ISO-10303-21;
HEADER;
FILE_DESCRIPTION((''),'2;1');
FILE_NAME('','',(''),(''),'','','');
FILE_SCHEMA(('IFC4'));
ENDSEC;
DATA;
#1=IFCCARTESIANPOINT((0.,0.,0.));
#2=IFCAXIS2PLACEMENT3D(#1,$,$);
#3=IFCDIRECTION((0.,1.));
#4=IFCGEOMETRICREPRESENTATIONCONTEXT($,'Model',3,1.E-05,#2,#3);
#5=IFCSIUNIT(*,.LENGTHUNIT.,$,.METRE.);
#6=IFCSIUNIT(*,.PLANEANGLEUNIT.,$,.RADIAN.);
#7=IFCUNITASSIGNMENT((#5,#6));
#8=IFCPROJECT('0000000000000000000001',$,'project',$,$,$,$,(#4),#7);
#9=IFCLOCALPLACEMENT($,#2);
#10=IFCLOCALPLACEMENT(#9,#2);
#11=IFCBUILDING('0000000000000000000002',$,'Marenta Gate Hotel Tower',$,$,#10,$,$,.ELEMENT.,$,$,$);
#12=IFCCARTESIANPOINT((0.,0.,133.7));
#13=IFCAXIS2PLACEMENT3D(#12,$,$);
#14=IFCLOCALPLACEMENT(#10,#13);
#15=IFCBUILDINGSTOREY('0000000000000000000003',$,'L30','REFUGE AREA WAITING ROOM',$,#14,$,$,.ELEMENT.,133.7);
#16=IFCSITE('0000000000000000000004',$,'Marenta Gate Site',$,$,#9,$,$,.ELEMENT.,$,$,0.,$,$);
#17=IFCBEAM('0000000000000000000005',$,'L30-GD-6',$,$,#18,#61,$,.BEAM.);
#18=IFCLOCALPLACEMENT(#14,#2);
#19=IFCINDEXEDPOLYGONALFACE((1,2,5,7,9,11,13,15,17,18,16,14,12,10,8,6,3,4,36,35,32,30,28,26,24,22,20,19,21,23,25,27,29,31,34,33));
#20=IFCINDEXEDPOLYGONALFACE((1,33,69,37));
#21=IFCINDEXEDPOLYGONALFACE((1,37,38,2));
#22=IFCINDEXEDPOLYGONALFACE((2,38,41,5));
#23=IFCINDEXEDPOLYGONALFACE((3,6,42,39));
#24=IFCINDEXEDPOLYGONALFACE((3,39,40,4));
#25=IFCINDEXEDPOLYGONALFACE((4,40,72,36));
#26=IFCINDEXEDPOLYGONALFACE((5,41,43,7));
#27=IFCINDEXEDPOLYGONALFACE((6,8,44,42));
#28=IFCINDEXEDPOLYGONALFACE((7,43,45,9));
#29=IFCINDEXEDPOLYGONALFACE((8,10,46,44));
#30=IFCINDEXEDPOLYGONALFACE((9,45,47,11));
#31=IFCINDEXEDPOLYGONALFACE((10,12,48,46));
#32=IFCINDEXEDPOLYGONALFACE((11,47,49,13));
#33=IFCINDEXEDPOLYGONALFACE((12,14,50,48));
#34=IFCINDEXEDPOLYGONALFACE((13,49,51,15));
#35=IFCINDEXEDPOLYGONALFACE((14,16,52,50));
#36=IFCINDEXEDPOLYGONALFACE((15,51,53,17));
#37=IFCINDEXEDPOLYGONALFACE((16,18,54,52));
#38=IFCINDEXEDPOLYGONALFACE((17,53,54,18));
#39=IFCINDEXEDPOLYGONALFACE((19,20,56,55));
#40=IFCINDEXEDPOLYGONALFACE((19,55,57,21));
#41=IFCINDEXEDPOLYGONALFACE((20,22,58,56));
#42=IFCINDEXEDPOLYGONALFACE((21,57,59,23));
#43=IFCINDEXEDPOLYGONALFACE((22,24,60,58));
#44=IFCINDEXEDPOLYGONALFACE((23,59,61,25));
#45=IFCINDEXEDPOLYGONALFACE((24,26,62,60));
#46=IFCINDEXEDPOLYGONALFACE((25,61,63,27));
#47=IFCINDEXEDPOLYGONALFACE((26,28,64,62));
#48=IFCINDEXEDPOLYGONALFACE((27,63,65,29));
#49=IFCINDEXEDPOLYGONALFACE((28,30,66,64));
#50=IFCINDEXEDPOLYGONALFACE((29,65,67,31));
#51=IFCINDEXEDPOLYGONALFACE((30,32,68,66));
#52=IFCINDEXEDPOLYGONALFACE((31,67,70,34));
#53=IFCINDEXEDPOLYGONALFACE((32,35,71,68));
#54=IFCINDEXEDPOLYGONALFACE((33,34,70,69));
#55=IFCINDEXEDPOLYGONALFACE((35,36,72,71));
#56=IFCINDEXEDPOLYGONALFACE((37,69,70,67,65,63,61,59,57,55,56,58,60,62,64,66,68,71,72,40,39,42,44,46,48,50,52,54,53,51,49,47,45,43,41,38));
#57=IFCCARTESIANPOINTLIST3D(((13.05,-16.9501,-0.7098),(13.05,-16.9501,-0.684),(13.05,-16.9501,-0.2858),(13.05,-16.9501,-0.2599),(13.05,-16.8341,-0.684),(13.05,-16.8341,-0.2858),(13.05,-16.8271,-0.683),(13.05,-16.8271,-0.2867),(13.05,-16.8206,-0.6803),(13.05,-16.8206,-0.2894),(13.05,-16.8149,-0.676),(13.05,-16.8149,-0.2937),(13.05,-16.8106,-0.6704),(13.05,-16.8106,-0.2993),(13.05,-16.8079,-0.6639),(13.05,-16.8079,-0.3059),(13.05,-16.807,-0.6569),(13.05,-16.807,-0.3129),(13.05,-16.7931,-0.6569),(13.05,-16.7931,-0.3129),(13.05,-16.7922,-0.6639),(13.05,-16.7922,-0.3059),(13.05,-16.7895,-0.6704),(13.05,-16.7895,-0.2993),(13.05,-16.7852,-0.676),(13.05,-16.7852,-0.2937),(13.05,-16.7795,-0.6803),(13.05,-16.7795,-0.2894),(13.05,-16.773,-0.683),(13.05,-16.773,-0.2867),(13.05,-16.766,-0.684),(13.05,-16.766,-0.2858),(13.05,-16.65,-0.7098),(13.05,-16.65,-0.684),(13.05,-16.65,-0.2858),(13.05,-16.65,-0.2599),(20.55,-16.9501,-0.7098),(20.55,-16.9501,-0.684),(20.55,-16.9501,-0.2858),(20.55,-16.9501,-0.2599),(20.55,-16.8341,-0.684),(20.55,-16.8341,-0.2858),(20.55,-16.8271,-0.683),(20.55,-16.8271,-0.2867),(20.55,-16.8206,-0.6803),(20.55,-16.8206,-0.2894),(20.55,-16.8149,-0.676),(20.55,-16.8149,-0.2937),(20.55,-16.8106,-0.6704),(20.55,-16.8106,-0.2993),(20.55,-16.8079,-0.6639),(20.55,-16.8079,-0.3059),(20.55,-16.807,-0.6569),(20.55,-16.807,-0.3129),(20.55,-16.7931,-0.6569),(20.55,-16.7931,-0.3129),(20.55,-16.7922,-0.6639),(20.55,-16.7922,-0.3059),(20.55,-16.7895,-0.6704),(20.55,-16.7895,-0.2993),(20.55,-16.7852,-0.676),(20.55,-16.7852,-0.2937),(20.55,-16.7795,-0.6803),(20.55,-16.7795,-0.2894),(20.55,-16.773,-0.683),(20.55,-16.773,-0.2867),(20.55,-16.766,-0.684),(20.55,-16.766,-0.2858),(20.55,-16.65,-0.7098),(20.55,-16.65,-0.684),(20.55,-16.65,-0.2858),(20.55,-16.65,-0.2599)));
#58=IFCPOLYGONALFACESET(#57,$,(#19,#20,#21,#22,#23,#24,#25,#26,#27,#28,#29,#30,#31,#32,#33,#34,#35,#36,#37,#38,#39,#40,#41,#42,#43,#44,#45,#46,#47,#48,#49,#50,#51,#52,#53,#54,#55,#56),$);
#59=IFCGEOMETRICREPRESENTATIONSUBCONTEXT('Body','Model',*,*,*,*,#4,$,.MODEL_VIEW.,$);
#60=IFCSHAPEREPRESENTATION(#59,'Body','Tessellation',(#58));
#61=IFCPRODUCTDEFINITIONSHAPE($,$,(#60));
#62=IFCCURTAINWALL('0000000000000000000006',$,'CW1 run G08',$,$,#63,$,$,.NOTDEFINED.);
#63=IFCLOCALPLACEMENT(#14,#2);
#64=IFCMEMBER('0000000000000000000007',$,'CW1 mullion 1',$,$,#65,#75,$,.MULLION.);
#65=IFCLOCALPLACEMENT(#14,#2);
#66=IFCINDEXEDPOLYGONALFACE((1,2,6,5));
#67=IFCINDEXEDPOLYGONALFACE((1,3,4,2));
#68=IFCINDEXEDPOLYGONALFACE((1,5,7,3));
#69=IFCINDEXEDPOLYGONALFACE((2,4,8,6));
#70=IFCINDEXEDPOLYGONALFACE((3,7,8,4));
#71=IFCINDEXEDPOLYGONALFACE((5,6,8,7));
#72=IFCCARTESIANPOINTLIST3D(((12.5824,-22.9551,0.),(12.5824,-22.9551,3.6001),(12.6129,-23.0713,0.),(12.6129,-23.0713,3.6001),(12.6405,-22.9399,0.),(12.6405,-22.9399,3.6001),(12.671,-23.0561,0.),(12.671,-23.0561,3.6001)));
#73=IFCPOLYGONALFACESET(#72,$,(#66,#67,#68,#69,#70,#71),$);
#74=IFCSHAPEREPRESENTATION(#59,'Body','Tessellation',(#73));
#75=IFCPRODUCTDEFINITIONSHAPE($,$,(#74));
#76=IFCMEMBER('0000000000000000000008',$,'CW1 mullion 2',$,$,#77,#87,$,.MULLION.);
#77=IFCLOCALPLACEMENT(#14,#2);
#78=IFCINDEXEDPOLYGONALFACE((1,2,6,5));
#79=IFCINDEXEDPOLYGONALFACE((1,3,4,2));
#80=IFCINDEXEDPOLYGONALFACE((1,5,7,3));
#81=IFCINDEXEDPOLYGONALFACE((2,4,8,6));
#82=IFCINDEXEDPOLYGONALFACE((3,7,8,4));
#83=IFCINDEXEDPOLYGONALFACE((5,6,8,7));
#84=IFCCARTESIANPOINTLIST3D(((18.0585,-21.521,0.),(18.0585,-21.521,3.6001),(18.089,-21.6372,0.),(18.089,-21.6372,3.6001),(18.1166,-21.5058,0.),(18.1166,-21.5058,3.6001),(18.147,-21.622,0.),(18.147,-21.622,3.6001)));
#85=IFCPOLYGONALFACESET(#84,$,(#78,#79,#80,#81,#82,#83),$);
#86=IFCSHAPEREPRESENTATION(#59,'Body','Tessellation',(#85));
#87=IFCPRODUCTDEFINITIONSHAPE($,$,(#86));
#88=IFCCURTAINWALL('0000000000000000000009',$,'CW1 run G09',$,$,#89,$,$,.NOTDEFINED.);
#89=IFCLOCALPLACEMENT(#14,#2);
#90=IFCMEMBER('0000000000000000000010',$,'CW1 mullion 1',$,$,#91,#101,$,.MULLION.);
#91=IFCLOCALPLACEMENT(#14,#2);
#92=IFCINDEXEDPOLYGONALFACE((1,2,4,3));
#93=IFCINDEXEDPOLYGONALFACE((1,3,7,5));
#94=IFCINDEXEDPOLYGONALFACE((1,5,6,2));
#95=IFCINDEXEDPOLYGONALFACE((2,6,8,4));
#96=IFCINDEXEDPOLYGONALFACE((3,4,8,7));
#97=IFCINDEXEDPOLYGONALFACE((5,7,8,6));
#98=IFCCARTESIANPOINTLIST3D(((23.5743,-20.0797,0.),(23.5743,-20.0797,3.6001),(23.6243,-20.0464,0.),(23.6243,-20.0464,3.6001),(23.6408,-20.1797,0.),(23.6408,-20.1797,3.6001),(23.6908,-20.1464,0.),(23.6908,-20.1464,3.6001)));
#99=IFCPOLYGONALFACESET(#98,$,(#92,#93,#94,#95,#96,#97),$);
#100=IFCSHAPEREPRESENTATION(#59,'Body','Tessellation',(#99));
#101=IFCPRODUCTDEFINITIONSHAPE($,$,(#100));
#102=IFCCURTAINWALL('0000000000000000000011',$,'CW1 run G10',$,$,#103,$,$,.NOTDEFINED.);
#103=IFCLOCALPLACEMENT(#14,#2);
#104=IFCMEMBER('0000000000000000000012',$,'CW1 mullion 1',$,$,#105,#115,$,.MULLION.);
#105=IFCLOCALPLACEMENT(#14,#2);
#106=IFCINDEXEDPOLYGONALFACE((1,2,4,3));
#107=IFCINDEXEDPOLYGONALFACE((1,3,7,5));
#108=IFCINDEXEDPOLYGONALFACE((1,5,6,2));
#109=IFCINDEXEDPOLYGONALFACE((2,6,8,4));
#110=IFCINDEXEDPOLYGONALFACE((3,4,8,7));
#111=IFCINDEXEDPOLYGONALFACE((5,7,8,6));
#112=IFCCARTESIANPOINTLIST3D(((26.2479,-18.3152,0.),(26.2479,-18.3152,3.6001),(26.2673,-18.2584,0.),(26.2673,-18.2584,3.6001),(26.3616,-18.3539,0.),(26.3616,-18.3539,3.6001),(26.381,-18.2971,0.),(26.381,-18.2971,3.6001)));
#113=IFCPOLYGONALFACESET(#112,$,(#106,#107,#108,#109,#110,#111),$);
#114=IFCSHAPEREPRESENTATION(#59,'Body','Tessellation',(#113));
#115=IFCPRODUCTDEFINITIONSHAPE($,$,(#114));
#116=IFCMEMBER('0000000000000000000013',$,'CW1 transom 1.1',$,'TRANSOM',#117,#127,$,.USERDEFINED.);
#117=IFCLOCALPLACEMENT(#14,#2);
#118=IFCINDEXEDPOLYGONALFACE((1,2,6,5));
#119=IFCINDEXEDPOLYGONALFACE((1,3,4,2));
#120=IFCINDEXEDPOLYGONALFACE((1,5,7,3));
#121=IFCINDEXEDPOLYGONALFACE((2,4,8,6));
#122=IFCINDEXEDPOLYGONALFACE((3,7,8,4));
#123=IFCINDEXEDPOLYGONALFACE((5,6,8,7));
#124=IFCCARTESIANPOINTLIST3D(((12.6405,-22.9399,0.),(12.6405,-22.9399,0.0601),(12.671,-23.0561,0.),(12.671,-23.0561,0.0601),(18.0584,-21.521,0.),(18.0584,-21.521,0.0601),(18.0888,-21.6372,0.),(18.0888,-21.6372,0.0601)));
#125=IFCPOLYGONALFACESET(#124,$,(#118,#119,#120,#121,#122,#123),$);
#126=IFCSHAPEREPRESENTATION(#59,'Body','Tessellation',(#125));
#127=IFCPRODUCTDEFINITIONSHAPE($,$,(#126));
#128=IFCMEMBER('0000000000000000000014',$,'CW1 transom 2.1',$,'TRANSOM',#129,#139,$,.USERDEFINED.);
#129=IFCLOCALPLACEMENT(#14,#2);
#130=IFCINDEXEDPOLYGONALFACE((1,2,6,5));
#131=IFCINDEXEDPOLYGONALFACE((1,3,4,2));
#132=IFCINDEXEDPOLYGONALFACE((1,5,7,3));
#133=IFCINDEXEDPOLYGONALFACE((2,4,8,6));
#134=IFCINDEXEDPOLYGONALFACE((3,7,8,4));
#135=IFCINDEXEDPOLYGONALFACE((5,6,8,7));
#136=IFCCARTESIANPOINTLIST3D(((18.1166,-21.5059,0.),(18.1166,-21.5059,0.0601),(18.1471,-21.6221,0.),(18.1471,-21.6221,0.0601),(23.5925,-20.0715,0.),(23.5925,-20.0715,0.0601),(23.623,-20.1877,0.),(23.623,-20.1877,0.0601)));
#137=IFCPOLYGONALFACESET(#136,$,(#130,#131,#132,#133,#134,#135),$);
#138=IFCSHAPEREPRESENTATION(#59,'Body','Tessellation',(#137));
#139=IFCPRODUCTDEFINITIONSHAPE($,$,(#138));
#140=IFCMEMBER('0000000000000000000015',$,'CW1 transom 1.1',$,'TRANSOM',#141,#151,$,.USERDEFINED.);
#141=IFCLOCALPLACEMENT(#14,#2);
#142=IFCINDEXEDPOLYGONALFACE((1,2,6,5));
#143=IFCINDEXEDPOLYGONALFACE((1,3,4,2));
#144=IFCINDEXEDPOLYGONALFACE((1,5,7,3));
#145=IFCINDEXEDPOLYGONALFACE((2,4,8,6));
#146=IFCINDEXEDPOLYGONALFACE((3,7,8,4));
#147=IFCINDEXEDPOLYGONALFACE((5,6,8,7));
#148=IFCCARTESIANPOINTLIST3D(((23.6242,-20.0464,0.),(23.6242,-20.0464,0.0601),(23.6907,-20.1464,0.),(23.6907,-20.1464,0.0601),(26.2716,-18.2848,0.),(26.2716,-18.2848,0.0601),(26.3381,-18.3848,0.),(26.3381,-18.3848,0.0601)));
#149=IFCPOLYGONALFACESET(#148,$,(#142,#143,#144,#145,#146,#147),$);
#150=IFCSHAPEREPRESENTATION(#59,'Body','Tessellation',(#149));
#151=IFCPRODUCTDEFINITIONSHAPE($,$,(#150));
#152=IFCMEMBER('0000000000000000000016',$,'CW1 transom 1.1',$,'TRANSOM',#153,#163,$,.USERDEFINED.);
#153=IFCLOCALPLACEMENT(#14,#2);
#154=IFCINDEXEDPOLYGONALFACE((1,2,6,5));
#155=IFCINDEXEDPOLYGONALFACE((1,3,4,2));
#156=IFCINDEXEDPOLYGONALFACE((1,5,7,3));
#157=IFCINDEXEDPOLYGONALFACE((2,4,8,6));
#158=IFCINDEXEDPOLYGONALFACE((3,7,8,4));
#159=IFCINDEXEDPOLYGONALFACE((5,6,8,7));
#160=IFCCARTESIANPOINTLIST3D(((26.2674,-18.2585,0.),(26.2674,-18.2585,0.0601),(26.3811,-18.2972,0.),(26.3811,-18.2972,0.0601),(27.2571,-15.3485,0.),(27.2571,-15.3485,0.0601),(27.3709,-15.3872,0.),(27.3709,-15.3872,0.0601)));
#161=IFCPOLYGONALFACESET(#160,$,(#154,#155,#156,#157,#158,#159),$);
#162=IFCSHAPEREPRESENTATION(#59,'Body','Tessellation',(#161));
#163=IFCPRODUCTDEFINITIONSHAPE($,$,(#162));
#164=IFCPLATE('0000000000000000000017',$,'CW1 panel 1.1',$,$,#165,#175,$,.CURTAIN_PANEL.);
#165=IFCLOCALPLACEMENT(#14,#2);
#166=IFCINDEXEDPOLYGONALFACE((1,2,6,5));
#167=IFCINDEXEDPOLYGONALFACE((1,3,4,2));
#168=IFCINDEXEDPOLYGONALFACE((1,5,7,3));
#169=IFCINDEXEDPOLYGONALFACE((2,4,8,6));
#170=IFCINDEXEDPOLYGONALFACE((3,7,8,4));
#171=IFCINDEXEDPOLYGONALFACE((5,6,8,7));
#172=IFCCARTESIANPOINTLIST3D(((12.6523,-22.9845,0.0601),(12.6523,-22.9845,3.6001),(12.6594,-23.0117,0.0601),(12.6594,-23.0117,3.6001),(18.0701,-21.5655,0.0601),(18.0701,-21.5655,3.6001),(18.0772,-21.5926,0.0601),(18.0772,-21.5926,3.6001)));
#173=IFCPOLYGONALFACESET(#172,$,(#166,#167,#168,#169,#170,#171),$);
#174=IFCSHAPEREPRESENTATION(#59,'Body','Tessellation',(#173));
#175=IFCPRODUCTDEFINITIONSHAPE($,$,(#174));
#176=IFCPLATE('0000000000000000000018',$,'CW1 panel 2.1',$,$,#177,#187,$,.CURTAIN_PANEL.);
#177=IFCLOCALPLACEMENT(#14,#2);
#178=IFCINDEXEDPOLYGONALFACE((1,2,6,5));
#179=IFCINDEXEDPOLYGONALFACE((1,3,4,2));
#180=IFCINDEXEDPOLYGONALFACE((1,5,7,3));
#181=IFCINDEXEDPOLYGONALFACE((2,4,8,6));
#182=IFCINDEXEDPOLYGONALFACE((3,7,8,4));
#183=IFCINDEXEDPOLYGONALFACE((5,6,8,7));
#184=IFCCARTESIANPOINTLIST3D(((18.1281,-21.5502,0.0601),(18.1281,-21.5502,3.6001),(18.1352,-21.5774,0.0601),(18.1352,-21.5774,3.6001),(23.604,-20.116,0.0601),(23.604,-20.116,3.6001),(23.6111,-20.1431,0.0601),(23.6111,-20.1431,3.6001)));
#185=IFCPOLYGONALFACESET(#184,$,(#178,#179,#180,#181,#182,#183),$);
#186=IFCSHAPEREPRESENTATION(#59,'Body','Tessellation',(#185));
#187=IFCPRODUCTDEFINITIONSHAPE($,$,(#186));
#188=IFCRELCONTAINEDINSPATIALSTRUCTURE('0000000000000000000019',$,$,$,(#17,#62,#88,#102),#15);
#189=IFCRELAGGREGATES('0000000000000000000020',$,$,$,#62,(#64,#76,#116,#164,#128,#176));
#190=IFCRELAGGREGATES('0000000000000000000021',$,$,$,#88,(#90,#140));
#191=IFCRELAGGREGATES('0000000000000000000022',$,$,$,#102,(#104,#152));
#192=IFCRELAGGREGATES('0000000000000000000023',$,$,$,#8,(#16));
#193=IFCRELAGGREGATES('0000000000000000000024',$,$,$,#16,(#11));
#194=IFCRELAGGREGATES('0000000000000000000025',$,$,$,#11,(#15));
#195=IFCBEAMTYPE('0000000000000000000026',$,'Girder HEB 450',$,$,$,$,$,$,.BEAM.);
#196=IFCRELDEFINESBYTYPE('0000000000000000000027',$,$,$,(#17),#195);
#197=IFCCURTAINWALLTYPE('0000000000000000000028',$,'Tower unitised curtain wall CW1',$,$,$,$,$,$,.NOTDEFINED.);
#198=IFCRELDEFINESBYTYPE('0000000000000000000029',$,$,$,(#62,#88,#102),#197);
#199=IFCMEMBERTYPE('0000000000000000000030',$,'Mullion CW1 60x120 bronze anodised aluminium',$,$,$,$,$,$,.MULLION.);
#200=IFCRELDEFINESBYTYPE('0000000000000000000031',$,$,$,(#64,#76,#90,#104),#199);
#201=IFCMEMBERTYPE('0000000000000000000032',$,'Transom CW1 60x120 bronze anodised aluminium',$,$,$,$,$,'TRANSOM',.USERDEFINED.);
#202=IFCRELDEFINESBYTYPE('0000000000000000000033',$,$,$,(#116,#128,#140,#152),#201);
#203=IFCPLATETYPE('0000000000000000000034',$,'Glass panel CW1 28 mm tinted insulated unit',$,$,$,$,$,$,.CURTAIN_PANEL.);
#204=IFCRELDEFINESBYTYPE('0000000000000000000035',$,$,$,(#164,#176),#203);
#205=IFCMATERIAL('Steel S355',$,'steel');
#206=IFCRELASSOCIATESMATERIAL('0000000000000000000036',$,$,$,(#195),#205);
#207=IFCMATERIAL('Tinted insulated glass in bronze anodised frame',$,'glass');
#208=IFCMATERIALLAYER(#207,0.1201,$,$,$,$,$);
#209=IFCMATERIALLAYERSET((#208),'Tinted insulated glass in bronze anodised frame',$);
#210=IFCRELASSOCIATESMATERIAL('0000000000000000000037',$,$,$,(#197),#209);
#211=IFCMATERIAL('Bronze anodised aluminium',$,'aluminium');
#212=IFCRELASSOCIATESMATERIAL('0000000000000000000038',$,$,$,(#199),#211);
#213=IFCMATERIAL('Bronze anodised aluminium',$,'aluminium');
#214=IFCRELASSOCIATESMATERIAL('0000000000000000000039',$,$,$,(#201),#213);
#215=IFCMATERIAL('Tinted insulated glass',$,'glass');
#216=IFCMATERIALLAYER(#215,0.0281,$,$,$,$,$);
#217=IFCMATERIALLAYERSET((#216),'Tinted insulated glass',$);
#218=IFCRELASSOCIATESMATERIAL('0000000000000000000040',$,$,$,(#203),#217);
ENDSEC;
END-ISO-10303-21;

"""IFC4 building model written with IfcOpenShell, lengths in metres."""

from ifc_helpers import new_model, si_unit, direction, frame, origin, origin_2d, place, context, subcontext, project, spatial, rectangle, i_section, extrude, material, layer, layer_set, material_profile, profile_set, type_object, element, aggregate, save


model = new_model("IFC4")

# Units and contexts
model_context = context("Model", 3, precision=1e-05, world=origin(), true_north=direction((0.0, 1.0)))
body_context = subcontext(model_context, "Body", "Model", "MODEL_VIEW")
ifc_project = project(units=[si_unit("LENGTHUNIT", "METRE"), si_unit("PLANEANGLEUNIT", "RADIAN")], contexts=[model_context])

# Site, building, storey
site_placement = place(None, origin())
site = spatial("IfcSite", under=ifc_project, at=site_placement, Name="Marenta Gate Site", CompositionType="ELEMENT", RefElevation=0.0)
building_placement = place(site_placement, origin())
building = spatial("IfcBuilding", under=site, at=building_placement, Name="Marenta Gate Hotel Tower", CompositionType="ELEMENT")
storey_placement = place(building_placement, frame((0.0, 0.0, 133.7)))
storey = spatial("IfcBuildingStorey", under=building, at=storey_placement, Name="L30", Description="REFUGE AREA WAITING ROOM", CompositionType="ELEMENT", Elevation=133.7)

# Beam
ifc_material_1 = material(Name="Steel S355", Category="steel")
ifc_material_profile_1 = material_profile(ifc_material_1, i_section(OverallWidth=0.3, OverallDepth=0.45, WebThickness=0.0139, FlangeThickness=0.0259, FilletRadius=0.0271, at=origin_2d()), Name="HEB 450")
ifc_profile_set_1 = profile_set([ifc_material_profile_1], Name="Steel S355")
beam_type_1 = type_object("IfcBeamType", Name="Girder HEB 450", PredefinedType="BEAM", material=ifc_profile_set_1)
beam_1_placement = place(storey_placement, frame((13.05, -16.8, -0.4849), z_axis=(1.0, 0.0, 0.0), x_axis=(0.0, 1.0, 0.0)))
element("IfcBeam", 1, at=beam_1_placement, inside=storey, type_object=beam_type_1, Name="L30-GD-6", PredefinedType="BEAM", context=body_context, shape_type="SweptSolid", body=[
    extrude(i_section(OverallWidth=0.3, OverallDepth=0.45, WebThickness=0.0139, FlangeThickness=0.0259, FilletRadius=0.0271, at=origin_2d()), origin(), (0.0, 0.0, 1.0), 7.5),
])

# Curtain wall, members
ifc_material_2 = material(Name="Tinted insulated glass in bronze anodised frame", Category="glass")
ifc_layer_1 = layer(ifc_material_2, 0.1201)
ifc_layer_set_1 = layer_set([ifc_layer_1], Name="Tinted insulated glass in bronze anodised frame")
curtain_wall_type = type_object("IfcCurtainWallType", Name="Tower unitised curtain wall CW1", PredefinedType="NOTDEFINED", material=ifc_layer_set_1)
curtain_wall_1_placement = place(storey_placement, origin())
curtain_wall_1 = element("IfcCurtainWall", 2, at=curtain_wall_1_placement, inside=storey, type_object=curtain_wall_type, Name="CW1 run G08", PredefinedType="NOTDEFINED")
ifc_material_3 = material(Name="Bronze anodised aluminium", Category="aluminium")
ifc_material_profile_2 = material_profile(ifc_material_3, rectangle(XDim=0.1201, YDim=0.0601, at=origin_2d()), Name="Mullion CW1 60x120 bronze anodised aluminium")
ifc_profile_set_2 = profile_set([ifc_material_profile_2], Name="Bronze anodised aluminium")
member_type_1 = type_object("IfcMemberType", Name="Mullion CW1 60x120 bronze anodised aluminium", PredefinedType="MULLION", material=ifc_profile_set_2)
member_1_placement = place(storey_placement, frame((12.6267, -23.0056, 0.0), z_axis=(0.0, 0.0, 1.0), x_axis=(-0.253374, 0.967368, 0.0)))
member_1 = element("IfcMember", 3, at=member_1_placement, type_object=member_type_1, Name="CW1 mullion 1", PredefinedType="MULLION", context=body_context, shape_type="SweptSolid", body=[
    extrude(rectangle(XDim=0.1201, YDim=0.0601, at=origin_2d()), origin(), (0.0, 0.0, 1.0), 3.6001),
])
member_2_placement = place(storey_placement, frame((18.1028, -21.5715, 0.0), z_axis=(0.0, 0.0, 1.0), x_axis=(-0.253374, 0.967368, 0.0)))
member_2 = element("IfcMember", 4, at=member_2_placement, type_object=member_type_1, Name="CW1 mullion 2", PredefinedType="MULLION", context=body_context, shape_type="SweptSolid", body=[
    extrude(rectangle(XDim=0.1201, YDim=0.0601, at=origin_2d()), origin(), (0.0, 0.0, 1.0), 3.6001),
])

# Curtain walls, members
curtain_wall_2_placement = place(storey_placement, origin())
curtain_wall_2 = element("IfcCurtainWall", 5, at=curtain_wall_2_placement, inside=storey, type_object=curtain_wall_type, Name="CW1 run G09", PredefinedType="NOTDEFINED")
member_3_placement = place(storey_placement, frame((23.6326, -20.113, 0.0), z_axis=(0.0, 0.0, 1.0), x_axis=(-0.554016, 0.832506, 0.0)))
member_3 = element("IfcMember", 6, at=member_3_placement, type_object=member_type_1, Name="CW1 mullion 1", PredefinedType="MULLION", context=body_context, shape_type="SweptSolid", body=[
    extrude(rectangle(XDim=0.1201, YDim=0.0601, at=origin_2d()), origin(), (0.0, 0.0, 1.0), 3.6001),
])
curtain_wall_3_placement = place(storey_placement, origin())
curtain_wall_3 = element("IfcCurtainWall", 7, at=curtain_wall_3_placement, inside=storey, type_object=curtain_wall_type, Name="CW1 run G10", PredefinedType="NOTDEFINED")
member_4_placement = place(storey_placement, frame((26.3145, -18.3062, 0.0), z_axis=(0.0, 0.0, 1.0), x_axis=(-0.946728, 0.322033, 0.0)))
member_4 = element("IfcMember", 8, at=member_4_placement, type_object=member_type_1, Name="CW1 mullion 1", PredefinedType="MULLION", context=body_context, shape_type="SweptSolid", body=[
    extrude(rectangle(XDim=0.1201, YDim=0.0601, at=origin_2d()), origin(), (0.0, 0.0, 1.0), 3.6001),
])

# Members
ifc_material_4 = material(Name="Bronze anodised aluminium", Category="aluminium")
ifc_material_profile_3 = material_profile(ifc_material_4, rectangle(XDim=0.1201, YDim=0.0601, at=origin_2d()), Name="Transom CW1 60x120 bronze anodised aluminium")
ifc_profile_set_3 = profile_set([ifc_material_profile_3], Name="Bronze anodised aluminium")
member_type_2 = type_object("IfcMemberType", Name="Transom CW1 60x120 bronze anodised aluminium", ElementType="TRANSOM", PredefinedType="USERDEFINED", material=ifc_profile_set_3)
member_5_placement = place(storey_placement, frame((12.6558, -22.998, 0.03), z_axis=(0.967374, 0.253352, 0.0), x_axis=(-0.253352, 0.967374, 0.0)))
member_5 = element("IfcMember", 9, at=member_5_placement, type_object=member_type_2, Name="CW1 transom 1.1", ObjectType="TRANSOM", PredefinedType="USERDEFINED", context=body_context, shape_type="SweptSolid", body=[
    extrude(rectangle(XDim=0.1201, YDim=0.0601, at=origin_2d()), origin(), (0.0, 0.0, 1.0), 5.6006),
])
member_6_placement = place(storey_placement, frame((18.1318, -21.564, 0.03), z_axis=(0.967364, 0.253389, 0.0), x_axis=(-0.253389, 0.967364, 0.0)))
member_6 = element("IfcMember", 10, at=member_6_placement, type_object=member_type_2, Name="CW1 transom 2.1", ObjectType="TRANSOM", PredefinedType="USERDEFINED", context=body_context, shape_type="SweptSolid", body=[
    extrude(rectangle(XDim=0.1201, YDim=0.0601, at=origin_2d()), origin(), (0.0, 0.0, 1.0), 5.6606),
])
member_7_placement = place(storey_placement, frame((23.6575, -20.0964, 0.03), z_axis=(0.832522, 0.553991, 0.0), x_axis=(-0.553991, 0.832522, 0.0)))
member_7 = element("IfcMember", 11, at=member_7_placement, type_object=member_type_2, Name="CW1 transom 1.1", ObjectType="TRANSOM", PredefinedType="USERDEFINED", context=body_context, shape_type="SweptSolid", body=[
    extrude(rectangle(XDim=0.1201, YDim=0.0601, at=origin_2d()), origin(), (0.0, 0.0, 1.0), 3.1799),
])
member_8_placement = place(storey_placement, frame((26.3242, -18.2778, 0.03), z_axis=(0.322012, 0.946735, 0.0), x_axis=(-0.946735, 0.322012, 0.0)))
member_8 = element("IfcMember", 12, at=member_8_placement, type_object=member_type_2, Name="CW1 transom 1.1", ObjectType="TRANSOM", PredefinedType="USERDEFINED", context=body_context, shape_type="SweptSolid", body=[
    extrude(rectangle(XDim=0.1201, YDim=0.0601, at=origin_2d()), origin(), (0.0, 0.0, 1.0), 3.0737),
])

# Plates
ifc_material_5 = material(Name="Tinted insulated glass", Category="glass")
ifc_layer_2 = layer(ifc_material_5, 0.0281)
ifc_layer_set_2 = layer_set([ifc_layer_2], Name="Tinted insulated glass")
plate_type = type_object("IfcPlateType", Name="Glass panel CW1 28 mm tinted insulated unit", PredefinedType="CURTAIN_PANEL", material=ifc_layer_set_2)
plate_1_placement = place(storey_placement, frame((15.3647, -22.2886, 0.0601), z_axis=(0.0, 0.0, 1.0), x_axis=(0.967368, 0.253374, 0.0)))
plate_1 = element("IfcPlate", 13, at=plate_1_placement, type_object=plate_type, Name="CW1 panel 1.1", PredefinedType="CURTAIN_PANEL", context=body_context, shape_type="SweptSolid", body=[
    extrude(rectangle(XDim=5.6006, YDim=0.0281, at=origin_2d()), origin(), (0.0, 0.0, 1.0), 3.54),
])
plate_2_placement = place(storey_placement, frame((20.8696, -20.8467, 0.0601), z_axis=(0.0, 0.0, 1.0), x_axis=(0.967368, 0.253374, 0.0)))
plate_2 = element("IfcPlate", 14, at=plate_2_placement, type_object=plate_type, Name="CW1 panel 2.1", PredefinedType="CURTAIN_PANEL", context=body_context, shape_type="SweptSolid", body=[
    extrude(rectangle(XDim=5.6606, YDim=0.0281, at=origin_2d()), origin(), (0.0, 0.0, 1.0), 3.54),
])
aggregate(curtain_wall_1, [member_1, member_2, member_5, plate_1, member_6, plate_2])
aggregate(curtain_wall_2, [member_3, member_7])
aggregate(curtain_wall_3, [member_4, member_8])

save(model, "model.ifc")
